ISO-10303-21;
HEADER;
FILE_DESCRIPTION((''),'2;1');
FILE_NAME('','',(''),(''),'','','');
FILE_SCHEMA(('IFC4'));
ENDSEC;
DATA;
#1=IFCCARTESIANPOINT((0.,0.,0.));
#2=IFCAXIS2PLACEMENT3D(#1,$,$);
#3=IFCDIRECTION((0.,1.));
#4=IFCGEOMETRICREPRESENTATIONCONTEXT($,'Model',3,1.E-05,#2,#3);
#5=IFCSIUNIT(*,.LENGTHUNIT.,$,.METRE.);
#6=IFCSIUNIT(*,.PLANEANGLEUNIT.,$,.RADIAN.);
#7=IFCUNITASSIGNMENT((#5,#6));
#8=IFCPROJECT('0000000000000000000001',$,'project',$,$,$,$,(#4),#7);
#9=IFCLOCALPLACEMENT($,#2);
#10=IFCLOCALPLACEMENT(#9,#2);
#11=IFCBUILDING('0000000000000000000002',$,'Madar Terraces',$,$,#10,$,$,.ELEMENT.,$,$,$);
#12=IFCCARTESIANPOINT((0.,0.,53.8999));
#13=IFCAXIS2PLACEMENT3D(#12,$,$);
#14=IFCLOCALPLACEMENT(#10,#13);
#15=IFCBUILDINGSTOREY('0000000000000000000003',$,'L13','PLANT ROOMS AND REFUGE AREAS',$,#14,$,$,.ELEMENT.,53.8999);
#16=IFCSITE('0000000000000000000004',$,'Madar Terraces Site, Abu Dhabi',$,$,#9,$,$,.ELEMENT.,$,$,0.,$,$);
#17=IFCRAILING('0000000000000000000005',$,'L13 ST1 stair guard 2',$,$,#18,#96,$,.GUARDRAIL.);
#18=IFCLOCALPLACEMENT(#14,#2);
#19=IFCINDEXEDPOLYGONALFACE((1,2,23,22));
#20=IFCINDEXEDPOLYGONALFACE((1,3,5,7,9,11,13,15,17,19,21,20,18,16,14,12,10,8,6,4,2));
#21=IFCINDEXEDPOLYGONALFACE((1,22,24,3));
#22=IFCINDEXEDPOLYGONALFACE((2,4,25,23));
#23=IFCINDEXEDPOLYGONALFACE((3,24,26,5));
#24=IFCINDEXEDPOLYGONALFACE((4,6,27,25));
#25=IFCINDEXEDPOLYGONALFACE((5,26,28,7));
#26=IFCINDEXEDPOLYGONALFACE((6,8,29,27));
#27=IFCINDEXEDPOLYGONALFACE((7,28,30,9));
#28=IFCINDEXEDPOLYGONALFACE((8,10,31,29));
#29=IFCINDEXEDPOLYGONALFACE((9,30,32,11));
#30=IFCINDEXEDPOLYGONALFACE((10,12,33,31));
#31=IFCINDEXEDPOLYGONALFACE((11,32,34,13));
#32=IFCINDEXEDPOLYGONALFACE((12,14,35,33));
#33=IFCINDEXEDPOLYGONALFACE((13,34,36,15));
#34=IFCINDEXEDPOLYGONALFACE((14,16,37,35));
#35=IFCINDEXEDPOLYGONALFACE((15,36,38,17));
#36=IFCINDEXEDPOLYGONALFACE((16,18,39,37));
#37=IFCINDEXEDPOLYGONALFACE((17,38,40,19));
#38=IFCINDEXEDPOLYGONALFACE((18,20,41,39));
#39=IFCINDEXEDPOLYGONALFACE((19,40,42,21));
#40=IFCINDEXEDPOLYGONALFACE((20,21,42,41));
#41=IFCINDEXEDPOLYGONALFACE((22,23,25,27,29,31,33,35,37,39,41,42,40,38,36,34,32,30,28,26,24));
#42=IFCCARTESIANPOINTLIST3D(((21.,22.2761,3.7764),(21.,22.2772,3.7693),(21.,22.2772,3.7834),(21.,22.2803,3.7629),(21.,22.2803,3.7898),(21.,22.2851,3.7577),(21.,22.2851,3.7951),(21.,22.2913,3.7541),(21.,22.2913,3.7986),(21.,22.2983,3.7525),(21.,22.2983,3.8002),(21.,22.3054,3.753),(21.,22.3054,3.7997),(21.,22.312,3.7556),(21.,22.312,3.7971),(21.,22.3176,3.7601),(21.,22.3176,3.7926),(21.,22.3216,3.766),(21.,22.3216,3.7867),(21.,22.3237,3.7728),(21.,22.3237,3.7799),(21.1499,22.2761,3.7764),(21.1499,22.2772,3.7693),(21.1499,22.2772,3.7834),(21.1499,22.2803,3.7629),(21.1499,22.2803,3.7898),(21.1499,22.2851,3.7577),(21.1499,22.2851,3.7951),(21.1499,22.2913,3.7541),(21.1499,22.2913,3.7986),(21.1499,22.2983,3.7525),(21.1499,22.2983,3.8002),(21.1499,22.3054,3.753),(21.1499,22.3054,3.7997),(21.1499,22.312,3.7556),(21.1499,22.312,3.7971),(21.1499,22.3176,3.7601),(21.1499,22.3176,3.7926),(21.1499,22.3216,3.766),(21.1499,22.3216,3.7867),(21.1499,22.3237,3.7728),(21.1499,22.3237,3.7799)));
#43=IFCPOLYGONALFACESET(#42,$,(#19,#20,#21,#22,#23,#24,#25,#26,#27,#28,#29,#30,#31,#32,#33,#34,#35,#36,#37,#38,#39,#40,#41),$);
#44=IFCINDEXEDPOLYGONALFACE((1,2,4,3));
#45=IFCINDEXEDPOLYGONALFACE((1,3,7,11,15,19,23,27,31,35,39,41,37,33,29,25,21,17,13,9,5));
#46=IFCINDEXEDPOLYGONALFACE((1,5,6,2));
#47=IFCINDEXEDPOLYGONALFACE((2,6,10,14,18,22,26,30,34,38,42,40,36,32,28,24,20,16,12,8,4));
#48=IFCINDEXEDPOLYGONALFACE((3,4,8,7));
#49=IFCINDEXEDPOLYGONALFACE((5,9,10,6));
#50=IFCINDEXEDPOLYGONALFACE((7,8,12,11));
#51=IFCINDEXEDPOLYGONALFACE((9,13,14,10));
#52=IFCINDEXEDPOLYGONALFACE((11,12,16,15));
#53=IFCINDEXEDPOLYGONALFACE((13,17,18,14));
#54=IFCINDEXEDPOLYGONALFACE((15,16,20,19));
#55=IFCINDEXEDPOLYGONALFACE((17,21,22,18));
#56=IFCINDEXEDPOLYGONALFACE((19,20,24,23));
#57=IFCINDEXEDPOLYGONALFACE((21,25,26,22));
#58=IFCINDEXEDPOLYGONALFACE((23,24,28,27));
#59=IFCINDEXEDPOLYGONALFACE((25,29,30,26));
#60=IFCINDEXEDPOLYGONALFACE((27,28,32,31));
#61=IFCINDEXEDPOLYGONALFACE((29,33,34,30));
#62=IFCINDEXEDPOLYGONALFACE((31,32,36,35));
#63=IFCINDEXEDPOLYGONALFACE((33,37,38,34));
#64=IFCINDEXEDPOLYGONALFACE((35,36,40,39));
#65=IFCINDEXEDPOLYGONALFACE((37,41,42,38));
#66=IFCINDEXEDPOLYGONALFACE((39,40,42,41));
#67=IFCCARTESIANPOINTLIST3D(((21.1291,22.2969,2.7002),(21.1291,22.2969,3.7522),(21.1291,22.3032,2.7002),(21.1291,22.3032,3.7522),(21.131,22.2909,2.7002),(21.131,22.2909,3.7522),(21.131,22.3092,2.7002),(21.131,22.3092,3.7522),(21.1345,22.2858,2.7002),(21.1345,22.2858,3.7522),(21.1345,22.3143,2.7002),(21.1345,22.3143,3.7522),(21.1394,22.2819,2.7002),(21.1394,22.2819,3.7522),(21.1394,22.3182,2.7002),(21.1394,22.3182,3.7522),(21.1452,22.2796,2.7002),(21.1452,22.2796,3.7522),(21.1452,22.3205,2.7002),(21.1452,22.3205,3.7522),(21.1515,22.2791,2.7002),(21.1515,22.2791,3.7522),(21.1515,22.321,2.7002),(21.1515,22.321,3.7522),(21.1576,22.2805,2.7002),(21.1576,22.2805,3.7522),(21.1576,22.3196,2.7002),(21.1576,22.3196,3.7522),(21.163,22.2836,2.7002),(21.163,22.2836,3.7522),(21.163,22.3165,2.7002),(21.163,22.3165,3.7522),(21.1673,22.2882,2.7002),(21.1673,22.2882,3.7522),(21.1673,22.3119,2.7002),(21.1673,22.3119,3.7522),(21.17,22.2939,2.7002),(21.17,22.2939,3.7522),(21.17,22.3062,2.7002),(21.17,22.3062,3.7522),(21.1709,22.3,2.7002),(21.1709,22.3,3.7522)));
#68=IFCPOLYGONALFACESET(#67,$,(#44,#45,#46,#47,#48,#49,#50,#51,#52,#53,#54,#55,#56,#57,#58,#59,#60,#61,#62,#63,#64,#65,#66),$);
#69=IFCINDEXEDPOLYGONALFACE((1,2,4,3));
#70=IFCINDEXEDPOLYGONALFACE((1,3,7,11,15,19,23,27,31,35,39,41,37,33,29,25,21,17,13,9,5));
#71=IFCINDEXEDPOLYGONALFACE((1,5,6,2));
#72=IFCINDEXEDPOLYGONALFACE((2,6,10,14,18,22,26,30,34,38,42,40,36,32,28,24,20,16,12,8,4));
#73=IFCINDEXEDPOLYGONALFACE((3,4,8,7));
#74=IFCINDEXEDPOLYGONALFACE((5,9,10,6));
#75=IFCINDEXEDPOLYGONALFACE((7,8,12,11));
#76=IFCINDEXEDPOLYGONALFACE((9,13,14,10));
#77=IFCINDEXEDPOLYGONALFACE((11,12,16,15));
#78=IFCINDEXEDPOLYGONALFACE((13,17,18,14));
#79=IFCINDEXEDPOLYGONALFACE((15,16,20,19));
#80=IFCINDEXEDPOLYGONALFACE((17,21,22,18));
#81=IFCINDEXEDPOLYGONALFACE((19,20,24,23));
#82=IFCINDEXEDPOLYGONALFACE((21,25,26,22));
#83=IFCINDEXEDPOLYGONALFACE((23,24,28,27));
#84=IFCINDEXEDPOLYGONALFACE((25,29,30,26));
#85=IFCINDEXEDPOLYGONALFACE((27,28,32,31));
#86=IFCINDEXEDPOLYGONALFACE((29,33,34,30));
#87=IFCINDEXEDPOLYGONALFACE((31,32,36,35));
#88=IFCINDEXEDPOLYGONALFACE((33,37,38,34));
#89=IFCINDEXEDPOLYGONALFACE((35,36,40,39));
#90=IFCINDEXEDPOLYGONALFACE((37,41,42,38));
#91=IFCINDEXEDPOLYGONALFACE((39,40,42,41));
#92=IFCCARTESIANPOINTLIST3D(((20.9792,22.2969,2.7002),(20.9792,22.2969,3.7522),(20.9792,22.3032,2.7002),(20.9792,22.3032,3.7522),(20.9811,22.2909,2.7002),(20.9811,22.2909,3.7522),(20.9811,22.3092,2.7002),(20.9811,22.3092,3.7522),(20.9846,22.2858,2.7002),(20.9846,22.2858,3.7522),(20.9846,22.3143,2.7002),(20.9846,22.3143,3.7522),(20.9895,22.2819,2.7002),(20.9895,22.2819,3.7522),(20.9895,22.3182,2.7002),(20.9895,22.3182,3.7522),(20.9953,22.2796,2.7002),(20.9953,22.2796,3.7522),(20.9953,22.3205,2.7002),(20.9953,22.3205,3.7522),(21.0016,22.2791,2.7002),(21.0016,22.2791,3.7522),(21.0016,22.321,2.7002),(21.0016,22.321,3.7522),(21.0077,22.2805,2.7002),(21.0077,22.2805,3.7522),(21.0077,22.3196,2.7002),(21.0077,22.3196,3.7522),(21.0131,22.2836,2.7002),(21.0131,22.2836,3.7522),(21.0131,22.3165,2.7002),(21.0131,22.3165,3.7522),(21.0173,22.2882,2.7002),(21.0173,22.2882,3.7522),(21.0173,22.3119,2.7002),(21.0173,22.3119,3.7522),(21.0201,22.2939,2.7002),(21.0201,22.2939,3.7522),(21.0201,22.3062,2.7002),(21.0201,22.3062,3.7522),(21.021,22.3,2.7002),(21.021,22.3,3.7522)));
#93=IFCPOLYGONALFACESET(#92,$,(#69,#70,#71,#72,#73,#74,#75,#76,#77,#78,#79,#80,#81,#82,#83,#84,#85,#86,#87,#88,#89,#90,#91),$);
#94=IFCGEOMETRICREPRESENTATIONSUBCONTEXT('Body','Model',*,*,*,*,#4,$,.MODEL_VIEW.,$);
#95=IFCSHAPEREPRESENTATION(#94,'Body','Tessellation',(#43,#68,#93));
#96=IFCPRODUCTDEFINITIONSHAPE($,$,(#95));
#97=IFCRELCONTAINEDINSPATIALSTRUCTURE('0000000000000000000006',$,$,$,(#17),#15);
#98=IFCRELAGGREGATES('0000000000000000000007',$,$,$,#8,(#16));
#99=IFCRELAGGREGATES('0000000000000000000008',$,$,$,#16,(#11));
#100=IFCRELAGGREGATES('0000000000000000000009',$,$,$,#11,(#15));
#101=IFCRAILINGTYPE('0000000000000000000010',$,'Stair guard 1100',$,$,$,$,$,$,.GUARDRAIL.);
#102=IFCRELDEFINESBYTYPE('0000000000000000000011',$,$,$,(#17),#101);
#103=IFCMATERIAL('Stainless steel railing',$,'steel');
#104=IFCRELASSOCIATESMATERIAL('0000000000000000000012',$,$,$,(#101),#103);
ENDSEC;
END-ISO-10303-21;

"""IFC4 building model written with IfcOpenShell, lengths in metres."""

from ifc_helpers import new_model, si_unit, direction, frame, origin, origin_2d, place, context, subcontext, project, spatial, circle, extrude, material, type_object, element, save


model = new_model("IFC4")

# Units and contexts
model_context = context("Model", 3, precision=1e-05, world=origin(), true_north=direction((0.0, 1.0)))
body_context = subcontext(model_context, "Body", "Model", "MODEL_VIEW")
ifc_project = project(units=[si_unit("LENGTHUNIT", "METRE"), si_unit("PLANEANGLEUNIT", "RADIAN")], contexts=[model_context])

# Site, building, storey
site_placement = place(None, origin())
site = spatial("IfcSite", under=ifc_project, at=site_placement, Name="Madar Terraces Site, Abu Dhabi", CompositionType="ELEMENT", RefElevation=0.0)
building_placement = place(site_placement, origin())
building = spatial("IfcBuilding", under=site, at=building_placement, Name="Madar Terraces", CompositionType="ELEMENT")
storey_placement = place(building_placement, frame((0.0, 0.0, 53.8999)))
storey = spatial("IfcBuildingStorey", under=building, at=storey_placement, Name="L13", Description="PLANT ROOMS AND REFUGE AREAS", CompositionType="ELEMENT", Elevation=53.8999)

# Railing
ifc_material_1 = material(Name="Stainless steel railing", Category="steel")
railing_type_1 = type_object("IfcRailingType", Name="Stair guard 1100", PredefinedType="GUARDRAIL", material=ifc_material_1)
railing_1_placement = place(storey_placement, frame((21.1499, 22.3, 2.7002)))
element("IfcRailing", 1, at=railing_1_placement, inside=storey, type_object=railing_type_1, Name="L13 ST1 stair guard 2", PredefinedType="GUARDRAIL", context=body_context, shape_type="SweptSolid", body=[
    extrude(circle(Radius=0.0239, at=origin_2d()), frame((0.0, 0.0, 1.0762), z_axis=(-1.0, 0.0, 0.0), x_axis=(0.0, -1.0, 0.0)), (0.0, 0.0, 1.0), 0.1499),
    extrude(circle(Radius=0.021, at=origin_2d()), origin(), (0.0, 0.0, 1.0), 1.052),
    extrude(circle(Radius=0.021, at=origin_2d()), frame((-0.1499, 0.0, 0.0)), (0.0, 0.0, 1.0), 1.052),
])

save(model, "model.ifc")
